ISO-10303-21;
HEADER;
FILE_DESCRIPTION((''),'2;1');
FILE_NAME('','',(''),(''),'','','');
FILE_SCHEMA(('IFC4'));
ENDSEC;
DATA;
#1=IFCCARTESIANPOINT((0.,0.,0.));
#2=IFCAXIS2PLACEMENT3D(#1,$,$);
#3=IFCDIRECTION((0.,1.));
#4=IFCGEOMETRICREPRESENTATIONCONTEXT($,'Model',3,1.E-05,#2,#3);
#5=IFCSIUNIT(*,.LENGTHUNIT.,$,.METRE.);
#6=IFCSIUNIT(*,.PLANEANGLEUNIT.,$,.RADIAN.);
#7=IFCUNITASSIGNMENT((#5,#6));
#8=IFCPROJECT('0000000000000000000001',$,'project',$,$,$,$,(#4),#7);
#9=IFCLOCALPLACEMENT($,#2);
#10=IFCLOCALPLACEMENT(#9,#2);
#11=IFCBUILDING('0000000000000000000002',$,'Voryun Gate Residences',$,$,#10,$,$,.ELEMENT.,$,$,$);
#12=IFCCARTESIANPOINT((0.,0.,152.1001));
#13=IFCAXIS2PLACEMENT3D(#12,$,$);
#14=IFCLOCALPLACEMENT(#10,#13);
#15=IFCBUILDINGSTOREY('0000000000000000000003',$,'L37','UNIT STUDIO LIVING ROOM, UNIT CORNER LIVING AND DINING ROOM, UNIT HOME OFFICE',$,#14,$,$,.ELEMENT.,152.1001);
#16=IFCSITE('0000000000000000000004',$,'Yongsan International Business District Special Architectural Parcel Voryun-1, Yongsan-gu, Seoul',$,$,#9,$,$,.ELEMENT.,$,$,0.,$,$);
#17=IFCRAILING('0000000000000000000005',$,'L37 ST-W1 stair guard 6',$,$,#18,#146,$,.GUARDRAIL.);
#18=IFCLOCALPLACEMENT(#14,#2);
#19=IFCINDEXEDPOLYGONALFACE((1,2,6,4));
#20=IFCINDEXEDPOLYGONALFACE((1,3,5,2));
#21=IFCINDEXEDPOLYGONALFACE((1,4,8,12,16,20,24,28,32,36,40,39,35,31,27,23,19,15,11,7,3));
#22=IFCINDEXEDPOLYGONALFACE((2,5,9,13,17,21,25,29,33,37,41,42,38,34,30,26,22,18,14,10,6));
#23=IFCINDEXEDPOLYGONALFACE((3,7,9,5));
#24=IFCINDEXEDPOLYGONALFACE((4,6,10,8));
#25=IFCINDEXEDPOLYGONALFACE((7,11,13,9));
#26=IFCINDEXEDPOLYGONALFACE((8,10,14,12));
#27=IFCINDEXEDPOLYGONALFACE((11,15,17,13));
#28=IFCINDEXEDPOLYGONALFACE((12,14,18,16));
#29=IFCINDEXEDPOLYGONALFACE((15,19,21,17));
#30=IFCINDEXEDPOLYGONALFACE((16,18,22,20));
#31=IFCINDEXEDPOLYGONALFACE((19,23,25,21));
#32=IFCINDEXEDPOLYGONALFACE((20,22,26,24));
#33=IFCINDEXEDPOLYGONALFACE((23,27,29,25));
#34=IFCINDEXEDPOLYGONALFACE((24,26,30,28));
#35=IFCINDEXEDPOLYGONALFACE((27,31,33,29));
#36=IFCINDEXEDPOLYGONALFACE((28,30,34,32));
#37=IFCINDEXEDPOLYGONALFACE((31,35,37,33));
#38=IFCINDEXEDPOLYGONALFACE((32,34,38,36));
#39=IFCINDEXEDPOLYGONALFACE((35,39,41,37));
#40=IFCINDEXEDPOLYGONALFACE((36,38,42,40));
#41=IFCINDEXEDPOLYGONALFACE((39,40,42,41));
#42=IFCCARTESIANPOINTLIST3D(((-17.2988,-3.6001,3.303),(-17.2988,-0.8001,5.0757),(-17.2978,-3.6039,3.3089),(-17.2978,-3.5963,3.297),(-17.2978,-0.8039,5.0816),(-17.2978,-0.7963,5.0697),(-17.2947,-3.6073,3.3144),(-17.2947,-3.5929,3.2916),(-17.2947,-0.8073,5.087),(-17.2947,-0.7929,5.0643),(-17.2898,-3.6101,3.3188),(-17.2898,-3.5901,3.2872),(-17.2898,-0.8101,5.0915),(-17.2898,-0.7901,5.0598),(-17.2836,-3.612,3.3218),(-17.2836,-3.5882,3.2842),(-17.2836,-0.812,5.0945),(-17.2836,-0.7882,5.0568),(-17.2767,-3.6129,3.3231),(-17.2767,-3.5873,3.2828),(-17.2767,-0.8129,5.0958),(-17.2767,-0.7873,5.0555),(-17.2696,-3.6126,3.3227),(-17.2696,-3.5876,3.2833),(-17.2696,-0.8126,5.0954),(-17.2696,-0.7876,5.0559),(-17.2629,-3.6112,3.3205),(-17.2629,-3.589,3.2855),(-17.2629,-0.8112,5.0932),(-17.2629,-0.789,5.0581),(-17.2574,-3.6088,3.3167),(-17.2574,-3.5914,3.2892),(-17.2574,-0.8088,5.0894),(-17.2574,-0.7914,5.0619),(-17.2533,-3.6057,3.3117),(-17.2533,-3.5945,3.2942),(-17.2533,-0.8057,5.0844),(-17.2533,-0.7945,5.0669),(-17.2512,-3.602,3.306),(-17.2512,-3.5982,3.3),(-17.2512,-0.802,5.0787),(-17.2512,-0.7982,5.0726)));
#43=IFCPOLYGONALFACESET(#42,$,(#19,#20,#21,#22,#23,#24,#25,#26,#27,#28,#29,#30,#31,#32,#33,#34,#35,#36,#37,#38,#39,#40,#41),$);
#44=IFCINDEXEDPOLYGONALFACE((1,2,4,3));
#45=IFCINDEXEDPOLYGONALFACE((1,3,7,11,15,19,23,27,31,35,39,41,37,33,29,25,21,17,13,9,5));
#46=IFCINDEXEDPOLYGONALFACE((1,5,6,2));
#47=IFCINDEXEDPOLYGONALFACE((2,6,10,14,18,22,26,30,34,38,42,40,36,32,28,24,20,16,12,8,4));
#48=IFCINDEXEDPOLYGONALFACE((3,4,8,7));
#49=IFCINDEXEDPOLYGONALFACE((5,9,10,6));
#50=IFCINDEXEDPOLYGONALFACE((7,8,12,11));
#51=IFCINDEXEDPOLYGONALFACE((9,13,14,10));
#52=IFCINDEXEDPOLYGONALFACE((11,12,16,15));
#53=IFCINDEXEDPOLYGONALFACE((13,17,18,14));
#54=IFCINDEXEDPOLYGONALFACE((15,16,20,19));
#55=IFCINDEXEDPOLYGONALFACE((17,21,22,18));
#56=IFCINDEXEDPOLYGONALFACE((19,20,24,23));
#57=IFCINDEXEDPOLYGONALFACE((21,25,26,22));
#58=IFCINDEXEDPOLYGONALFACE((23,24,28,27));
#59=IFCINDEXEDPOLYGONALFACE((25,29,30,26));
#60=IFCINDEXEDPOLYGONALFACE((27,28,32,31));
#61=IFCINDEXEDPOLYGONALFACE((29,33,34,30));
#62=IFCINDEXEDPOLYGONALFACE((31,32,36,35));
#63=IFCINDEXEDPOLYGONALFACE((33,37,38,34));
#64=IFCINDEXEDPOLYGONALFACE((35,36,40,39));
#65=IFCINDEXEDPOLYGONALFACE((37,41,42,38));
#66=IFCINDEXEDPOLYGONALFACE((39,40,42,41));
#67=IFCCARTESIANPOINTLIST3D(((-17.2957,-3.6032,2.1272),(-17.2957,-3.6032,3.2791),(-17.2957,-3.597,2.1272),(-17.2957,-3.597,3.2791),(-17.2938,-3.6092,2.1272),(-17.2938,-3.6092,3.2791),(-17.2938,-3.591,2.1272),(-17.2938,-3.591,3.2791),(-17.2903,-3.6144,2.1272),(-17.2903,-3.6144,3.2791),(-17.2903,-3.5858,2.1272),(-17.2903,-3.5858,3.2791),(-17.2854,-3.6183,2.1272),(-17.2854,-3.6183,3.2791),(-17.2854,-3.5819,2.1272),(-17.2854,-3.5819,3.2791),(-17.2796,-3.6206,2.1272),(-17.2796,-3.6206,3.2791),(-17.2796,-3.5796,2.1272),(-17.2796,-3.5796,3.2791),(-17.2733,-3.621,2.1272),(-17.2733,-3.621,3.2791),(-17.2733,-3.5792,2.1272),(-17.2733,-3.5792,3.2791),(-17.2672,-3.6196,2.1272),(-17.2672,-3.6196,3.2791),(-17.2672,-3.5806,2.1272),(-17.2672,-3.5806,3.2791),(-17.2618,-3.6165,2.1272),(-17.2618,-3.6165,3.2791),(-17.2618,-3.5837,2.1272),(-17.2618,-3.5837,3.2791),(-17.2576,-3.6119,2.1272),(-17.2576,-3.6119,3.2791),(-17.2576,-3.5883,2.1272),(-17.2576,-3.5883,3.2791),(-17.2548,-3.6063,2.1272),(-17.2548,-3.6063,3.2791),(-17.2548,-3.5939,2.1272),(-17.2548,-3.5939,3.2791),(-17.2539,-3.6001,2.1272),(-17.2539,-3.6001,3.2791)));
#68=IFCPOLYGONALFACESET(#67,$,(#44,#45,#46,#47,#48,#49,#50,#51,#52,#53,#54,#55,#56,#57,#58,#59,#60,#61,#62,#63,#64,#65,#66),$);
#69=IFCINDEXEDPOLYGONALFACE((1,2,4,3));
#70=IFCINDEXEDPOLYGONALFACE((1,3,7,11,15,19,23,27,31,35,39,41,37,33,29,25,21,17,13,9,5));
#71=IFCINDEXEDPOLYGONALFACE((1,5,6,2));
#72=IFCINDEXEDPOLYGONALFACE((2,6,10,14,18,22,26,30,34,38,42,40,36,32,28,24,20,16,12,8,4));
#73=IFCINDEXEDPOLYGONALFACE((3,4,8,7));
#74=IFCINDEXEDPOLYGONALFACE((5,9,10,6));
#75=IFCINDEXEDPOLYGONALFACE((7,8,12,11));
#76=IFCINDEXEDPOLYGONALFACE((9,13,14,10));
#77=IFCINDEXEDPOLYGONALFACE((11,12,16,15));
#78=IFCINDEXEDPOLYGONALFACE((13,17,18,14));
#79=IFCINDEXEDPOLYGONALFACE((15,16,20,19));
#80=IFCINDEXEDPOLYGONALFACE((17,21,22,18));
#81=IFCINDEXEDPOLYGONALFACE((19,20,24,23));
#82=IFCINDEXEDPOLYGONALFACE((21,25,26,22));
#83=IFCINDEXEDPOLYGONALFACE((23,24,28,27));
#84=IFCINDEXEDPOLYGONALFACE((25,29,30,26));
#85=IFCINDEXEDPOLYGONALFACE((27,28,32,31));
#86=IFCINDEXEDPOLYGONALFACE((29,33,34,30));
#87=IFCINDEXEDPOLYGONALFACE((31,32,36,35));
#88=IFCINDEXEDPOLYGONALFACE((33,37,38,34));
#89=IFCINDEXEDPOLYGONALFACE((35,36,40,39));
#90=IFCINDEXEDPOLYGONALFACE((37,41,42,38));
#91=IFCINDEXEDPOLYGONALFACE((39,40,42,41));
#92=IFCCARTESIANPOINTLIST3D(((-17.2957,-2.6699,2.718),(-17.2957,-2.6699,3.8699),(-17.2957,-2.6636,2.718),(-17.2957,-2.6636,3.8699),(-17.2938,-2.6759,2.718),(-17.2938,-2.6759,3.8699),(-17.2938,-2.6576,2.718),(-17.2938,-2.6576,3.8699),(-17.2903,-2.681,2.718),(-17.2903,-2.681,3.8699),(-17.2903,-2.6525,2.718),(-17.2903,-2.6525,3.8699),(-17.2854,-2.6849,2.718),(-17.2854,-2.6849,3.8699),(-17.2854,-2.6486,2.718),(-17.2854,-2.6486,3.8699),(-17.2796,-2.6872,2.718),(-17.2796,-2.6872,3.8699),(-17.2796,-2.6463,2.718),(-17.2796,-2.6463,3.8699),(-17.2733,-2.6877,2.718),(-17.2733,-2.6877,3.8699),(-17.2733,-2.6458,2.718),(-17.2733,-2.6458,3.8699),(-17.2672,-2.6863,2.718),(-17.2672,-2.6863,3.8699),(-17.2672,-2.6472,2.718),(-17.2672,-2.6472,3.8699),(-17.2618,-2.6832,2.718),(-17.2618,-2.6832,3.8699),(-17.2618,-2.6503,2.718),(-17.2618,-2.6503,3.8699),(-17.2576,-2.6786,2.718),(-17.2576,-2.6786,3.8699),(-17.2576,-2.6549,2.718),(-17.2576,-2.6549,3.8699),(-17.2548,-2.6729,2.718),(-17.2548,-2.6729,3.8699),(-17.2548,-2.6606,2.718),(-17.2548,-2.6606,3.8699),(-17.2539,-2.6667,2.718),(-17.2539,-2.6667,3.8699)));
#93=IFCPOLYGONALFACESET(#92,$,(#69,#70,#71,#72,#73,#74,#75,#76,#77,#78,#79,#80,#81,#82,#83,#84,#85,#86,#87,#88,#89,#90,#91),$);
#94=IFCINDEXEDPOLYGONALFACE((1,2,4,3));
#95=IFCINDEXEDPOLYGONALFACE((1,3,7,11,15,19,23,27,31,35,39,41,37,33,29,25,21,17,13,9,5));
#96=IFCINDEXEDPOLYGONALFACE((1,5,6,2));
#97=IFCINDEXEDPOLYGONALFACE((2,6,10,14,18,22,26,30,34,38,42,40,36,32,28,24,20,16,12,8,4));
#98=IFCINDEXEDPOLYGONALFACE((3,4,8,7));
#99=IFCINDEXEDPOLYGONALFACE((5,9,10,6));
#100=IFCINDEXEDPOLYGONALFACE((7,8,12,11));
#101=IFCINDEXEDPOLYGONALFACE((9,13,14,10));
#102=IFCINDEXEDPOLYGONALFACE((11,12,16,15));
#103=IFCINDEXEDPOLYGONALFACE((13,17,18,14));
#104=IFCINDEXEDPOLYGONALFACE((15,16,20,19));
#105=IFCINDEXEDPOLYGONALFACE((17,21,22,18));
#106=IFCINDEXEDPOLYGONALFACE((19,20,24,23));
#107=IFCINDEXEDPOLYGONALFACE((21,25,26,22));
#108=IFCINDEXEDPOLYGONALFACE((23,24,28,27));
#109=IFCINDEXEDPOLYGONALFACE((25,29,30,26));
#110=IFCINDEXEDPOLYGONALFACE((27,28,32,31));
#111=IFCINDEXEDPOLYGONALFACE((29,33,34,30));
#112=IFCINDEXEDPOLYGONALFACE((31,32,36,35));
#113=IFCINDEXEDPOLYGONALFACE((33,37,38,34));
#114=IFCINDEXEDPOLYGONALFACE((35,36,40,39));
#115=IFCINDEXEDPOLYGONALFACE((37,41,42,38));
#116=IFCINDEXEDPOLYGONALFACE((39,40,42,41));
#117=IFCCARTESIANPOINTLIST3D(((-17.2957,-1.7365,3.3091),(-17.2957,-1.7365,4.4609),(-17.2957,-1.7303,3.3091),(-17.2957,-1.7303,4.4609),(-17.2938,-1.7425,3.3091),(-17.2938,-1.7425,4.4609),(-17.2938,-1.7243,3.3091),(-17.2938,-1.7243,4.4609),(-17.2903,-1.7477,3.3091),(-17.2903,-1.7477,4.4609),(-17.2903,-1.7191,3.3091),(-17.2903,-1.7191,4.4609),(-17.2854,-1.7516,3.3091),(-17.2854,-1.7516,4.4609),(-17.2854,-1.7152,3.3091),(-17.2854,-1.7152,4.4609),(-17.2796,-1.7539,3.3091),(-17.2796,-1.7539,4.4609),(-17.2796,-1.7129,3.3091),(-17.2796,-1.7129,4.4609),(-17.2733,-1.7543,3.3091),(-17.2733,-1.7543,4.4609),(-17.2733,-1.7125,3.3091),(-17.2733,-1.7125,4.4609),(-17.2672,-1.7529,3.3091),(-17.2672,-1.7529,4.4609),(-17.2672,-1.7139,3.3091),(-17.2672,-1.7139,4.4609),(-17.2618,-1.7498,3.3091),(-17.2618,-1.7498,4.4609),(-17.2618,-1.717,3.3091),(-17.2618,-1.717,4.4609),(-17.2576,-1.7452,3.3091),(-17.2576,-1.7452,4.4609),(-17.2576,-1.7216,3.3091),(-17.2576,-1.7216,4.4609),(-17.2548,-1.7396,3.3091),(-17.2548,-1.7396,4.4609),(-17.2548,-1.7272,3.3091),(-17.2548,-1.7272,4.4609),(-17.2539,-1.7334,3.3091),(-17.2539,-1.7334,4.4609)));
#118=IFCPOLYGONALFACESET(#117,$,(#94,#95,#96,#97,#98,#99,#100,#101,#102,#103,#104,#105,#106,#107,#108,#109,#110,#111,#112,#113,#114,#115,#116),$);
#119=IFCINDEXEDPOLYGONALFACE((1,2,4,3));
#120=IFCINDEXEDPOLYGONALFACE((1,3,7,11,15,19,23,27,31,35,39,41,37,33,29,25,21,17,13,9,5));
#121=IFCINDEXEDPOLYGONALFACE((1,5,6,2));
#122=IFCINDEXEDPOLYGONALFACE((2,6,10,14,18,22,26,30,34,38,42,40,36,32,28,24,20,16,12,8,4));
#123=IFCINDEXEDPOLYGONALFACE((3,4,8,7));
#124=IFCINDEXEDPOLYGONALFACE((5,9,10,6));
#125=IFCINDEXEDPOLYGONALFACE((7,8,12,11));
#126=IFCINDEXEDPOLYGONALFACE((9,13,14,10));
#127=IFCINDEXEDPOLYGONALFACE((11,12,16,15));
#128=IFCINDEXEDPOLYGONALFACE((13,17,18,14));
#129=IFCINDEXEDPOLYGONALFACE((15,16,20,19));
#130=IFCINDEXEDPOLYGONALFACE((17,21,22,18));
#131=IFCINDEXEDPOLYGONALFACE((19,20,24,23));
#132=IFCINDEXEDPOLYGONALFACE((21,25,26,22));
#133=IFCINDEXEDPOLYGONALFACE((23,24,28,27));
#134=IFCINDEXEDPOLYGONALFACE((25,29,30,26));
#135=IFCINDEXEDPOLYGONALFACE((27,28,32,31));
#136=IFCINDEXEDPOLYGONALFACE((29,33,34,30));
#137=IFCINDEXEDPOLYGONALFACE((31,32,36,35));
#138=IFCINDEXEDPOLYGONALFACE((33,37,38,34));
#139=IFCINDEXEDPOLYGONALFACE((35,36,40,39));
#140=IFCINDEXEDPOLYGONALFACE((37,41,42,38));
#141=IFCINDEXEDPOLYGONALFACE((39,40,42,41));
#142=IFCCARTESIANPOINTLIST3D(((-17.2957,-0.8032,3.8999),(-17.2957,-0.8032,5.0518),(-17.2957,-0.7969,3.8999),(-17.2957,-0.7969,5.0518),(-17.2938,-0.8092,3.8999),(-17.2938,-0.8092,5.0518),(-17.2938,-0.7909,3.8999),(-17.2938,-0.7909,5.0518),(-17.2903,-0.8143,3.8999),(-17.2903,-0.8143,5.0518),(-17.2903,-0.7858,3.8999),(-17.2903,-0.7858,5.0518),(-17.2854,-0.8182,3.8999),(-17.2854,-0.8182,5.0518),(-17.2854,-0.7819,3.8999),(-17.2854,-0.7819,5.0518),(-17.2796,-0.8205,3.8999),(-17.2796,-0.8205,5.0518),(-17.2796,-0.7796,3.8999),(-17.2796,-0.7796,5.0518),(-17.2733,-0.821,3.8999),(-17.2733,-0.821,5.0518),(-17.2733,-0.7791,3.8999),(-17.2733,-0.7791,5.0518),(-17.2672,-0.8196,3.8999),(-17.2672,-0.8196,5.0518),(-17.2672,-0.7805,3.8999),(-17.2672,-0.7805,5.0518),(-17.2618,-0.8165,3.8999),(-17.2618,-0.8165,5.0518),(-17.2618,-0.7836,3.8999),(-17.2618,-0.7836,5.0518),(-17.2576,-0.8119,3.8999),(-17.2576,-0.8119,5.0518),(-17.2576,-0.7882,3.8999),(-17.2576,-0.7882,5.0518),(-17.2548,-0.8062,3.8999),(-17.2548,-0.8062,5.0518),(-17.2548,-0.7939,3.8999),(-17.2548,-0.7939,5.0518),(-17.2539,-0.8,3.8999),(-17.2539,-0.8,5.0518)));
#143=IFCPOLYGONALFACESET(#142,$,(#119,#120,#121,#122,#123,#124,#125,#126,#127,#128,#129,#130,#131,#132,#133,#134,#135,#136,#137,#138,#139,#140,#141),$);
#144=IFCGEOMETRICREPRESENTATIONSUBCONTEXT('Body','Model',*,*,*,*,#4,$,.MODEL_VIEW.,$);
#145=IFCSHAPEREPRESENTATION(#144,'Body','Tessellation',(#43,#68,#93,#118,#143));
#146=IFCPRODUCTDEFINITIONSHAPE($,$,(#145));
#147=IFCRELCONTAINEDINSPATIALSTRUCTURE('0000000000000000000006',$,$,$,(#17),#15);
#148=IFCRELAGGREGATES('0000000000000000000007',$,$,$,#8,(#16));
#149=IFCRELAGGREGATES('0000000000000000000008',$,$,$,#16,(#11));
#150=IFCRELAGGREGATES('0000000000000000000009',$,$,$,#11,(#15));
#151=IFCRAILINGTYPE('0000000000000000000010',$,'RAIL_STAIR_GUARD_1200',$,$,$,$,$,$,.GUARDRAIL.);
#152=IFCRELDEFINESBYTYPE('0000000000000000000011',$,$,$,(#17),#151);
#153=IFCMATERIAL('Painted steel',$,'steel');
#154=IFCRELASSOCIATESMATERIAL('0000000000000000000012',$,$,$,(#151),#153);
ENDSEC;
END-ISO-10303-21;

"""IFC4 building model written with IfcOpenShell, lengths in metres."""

from ifc_helpers import new_model, si_unit, direction, frame, origin, origin_2d, place, context, subcontext, project, spatial, circle, extrude, material, type_object, element, save


model = new_model("IFC4")

# Units and contexts
model_context = context("Model", 3, precision=1e-05, world=origin(), true_north=direction((0.0, 1.0)))
body_context = subcontext(model_context, "Body", "Model", "MODEL_VIEW")
ifc_project = project(units=[si_unit("LENGTHUNIT", "METRE"), si_unit("PLANEANGLEUNIT", "RADIAN")], contexts=[model_context])

# Site, building, storey
site_placement = place(None, origin())
site = spatial("IfcSite", under=ifc_project, at=site_placement, Name="Yongsan International Business District Special Architectural Parcel Voryun-1, Yongsan-gu, Seoul", CompositionType="ELEMENT", RefElevation=0.0)
building_placement = place(site_placement, origin())
building = spatial("IfcBuilding", under=site, at=building_placement, Name="Voryun Gate Residences", CompositionType="ELEMENT")
storey_placement = place(building_placement, frame((0.0, 0.0, 152.1001)))
storey = spatial("IfcBuildingStorey", under=building, at=storey_placement, Name="L37", Description="UNIT STUDIO LIVING ROOM, UNIT CORNER LIVING AND DINING ROOM, UNIT HOME OFFICE", CompositionType="ELEMENT", Elevation=152.1001)

# Railing
ifc_material_1 = material(Name="Painted steel", Category="steel")
railing_type_1 = type_object("IfcRailingType", Name="RAIL_STAIR_GUARD_1200", PredefinedType="GUARDRAIL", material=ifc_material_1)
railing_1_placement = place(storey_placement, frame((-17.2749, -3.6001, 2.1272)))
element("IfcRailing", 1, at=railing_1_placement, inside=storey, type_object=railing_type_1, Name="L37 ST-W1 stair guard 6", PredefinedType="GUARDRAIL", context=body_context, shape_type="SweptSolid", body=[
    extrude(circle(Radius=0.0239, at=origin_2d()), frame((0.0, 0.0, 1.1758), z_axis=(0.0, 0.844909, 0.53491), x_axis=(-1.0, 0.0, 0.0)), (0.0, 0.0, 1.0), 3.314),
    extrude(circle(Radius=0.021, at=origin_2d()), origin(), (0.0, 0.0, 1.0), 1.1519),
    extrude(circle(Radius=0.021, at=origin_2d()), frame((0.0, 0.9333, 0.5908)), (0.0, 0.0, 1.0), 1.1519),
    extrude(circle(Radius=0.021, at=origin_2d()), frame((0.0, 1.8667, 1.1819)), (0.0, 0.0, 1.0), 1.1519),
    extrude(circle(Radius=0.021, at=origin_2d()), frame((0.0, 2.8, 1.7727)), (0.0, 0.0, 1.0), 1.1519),
])

save(model, "model.ifc")
